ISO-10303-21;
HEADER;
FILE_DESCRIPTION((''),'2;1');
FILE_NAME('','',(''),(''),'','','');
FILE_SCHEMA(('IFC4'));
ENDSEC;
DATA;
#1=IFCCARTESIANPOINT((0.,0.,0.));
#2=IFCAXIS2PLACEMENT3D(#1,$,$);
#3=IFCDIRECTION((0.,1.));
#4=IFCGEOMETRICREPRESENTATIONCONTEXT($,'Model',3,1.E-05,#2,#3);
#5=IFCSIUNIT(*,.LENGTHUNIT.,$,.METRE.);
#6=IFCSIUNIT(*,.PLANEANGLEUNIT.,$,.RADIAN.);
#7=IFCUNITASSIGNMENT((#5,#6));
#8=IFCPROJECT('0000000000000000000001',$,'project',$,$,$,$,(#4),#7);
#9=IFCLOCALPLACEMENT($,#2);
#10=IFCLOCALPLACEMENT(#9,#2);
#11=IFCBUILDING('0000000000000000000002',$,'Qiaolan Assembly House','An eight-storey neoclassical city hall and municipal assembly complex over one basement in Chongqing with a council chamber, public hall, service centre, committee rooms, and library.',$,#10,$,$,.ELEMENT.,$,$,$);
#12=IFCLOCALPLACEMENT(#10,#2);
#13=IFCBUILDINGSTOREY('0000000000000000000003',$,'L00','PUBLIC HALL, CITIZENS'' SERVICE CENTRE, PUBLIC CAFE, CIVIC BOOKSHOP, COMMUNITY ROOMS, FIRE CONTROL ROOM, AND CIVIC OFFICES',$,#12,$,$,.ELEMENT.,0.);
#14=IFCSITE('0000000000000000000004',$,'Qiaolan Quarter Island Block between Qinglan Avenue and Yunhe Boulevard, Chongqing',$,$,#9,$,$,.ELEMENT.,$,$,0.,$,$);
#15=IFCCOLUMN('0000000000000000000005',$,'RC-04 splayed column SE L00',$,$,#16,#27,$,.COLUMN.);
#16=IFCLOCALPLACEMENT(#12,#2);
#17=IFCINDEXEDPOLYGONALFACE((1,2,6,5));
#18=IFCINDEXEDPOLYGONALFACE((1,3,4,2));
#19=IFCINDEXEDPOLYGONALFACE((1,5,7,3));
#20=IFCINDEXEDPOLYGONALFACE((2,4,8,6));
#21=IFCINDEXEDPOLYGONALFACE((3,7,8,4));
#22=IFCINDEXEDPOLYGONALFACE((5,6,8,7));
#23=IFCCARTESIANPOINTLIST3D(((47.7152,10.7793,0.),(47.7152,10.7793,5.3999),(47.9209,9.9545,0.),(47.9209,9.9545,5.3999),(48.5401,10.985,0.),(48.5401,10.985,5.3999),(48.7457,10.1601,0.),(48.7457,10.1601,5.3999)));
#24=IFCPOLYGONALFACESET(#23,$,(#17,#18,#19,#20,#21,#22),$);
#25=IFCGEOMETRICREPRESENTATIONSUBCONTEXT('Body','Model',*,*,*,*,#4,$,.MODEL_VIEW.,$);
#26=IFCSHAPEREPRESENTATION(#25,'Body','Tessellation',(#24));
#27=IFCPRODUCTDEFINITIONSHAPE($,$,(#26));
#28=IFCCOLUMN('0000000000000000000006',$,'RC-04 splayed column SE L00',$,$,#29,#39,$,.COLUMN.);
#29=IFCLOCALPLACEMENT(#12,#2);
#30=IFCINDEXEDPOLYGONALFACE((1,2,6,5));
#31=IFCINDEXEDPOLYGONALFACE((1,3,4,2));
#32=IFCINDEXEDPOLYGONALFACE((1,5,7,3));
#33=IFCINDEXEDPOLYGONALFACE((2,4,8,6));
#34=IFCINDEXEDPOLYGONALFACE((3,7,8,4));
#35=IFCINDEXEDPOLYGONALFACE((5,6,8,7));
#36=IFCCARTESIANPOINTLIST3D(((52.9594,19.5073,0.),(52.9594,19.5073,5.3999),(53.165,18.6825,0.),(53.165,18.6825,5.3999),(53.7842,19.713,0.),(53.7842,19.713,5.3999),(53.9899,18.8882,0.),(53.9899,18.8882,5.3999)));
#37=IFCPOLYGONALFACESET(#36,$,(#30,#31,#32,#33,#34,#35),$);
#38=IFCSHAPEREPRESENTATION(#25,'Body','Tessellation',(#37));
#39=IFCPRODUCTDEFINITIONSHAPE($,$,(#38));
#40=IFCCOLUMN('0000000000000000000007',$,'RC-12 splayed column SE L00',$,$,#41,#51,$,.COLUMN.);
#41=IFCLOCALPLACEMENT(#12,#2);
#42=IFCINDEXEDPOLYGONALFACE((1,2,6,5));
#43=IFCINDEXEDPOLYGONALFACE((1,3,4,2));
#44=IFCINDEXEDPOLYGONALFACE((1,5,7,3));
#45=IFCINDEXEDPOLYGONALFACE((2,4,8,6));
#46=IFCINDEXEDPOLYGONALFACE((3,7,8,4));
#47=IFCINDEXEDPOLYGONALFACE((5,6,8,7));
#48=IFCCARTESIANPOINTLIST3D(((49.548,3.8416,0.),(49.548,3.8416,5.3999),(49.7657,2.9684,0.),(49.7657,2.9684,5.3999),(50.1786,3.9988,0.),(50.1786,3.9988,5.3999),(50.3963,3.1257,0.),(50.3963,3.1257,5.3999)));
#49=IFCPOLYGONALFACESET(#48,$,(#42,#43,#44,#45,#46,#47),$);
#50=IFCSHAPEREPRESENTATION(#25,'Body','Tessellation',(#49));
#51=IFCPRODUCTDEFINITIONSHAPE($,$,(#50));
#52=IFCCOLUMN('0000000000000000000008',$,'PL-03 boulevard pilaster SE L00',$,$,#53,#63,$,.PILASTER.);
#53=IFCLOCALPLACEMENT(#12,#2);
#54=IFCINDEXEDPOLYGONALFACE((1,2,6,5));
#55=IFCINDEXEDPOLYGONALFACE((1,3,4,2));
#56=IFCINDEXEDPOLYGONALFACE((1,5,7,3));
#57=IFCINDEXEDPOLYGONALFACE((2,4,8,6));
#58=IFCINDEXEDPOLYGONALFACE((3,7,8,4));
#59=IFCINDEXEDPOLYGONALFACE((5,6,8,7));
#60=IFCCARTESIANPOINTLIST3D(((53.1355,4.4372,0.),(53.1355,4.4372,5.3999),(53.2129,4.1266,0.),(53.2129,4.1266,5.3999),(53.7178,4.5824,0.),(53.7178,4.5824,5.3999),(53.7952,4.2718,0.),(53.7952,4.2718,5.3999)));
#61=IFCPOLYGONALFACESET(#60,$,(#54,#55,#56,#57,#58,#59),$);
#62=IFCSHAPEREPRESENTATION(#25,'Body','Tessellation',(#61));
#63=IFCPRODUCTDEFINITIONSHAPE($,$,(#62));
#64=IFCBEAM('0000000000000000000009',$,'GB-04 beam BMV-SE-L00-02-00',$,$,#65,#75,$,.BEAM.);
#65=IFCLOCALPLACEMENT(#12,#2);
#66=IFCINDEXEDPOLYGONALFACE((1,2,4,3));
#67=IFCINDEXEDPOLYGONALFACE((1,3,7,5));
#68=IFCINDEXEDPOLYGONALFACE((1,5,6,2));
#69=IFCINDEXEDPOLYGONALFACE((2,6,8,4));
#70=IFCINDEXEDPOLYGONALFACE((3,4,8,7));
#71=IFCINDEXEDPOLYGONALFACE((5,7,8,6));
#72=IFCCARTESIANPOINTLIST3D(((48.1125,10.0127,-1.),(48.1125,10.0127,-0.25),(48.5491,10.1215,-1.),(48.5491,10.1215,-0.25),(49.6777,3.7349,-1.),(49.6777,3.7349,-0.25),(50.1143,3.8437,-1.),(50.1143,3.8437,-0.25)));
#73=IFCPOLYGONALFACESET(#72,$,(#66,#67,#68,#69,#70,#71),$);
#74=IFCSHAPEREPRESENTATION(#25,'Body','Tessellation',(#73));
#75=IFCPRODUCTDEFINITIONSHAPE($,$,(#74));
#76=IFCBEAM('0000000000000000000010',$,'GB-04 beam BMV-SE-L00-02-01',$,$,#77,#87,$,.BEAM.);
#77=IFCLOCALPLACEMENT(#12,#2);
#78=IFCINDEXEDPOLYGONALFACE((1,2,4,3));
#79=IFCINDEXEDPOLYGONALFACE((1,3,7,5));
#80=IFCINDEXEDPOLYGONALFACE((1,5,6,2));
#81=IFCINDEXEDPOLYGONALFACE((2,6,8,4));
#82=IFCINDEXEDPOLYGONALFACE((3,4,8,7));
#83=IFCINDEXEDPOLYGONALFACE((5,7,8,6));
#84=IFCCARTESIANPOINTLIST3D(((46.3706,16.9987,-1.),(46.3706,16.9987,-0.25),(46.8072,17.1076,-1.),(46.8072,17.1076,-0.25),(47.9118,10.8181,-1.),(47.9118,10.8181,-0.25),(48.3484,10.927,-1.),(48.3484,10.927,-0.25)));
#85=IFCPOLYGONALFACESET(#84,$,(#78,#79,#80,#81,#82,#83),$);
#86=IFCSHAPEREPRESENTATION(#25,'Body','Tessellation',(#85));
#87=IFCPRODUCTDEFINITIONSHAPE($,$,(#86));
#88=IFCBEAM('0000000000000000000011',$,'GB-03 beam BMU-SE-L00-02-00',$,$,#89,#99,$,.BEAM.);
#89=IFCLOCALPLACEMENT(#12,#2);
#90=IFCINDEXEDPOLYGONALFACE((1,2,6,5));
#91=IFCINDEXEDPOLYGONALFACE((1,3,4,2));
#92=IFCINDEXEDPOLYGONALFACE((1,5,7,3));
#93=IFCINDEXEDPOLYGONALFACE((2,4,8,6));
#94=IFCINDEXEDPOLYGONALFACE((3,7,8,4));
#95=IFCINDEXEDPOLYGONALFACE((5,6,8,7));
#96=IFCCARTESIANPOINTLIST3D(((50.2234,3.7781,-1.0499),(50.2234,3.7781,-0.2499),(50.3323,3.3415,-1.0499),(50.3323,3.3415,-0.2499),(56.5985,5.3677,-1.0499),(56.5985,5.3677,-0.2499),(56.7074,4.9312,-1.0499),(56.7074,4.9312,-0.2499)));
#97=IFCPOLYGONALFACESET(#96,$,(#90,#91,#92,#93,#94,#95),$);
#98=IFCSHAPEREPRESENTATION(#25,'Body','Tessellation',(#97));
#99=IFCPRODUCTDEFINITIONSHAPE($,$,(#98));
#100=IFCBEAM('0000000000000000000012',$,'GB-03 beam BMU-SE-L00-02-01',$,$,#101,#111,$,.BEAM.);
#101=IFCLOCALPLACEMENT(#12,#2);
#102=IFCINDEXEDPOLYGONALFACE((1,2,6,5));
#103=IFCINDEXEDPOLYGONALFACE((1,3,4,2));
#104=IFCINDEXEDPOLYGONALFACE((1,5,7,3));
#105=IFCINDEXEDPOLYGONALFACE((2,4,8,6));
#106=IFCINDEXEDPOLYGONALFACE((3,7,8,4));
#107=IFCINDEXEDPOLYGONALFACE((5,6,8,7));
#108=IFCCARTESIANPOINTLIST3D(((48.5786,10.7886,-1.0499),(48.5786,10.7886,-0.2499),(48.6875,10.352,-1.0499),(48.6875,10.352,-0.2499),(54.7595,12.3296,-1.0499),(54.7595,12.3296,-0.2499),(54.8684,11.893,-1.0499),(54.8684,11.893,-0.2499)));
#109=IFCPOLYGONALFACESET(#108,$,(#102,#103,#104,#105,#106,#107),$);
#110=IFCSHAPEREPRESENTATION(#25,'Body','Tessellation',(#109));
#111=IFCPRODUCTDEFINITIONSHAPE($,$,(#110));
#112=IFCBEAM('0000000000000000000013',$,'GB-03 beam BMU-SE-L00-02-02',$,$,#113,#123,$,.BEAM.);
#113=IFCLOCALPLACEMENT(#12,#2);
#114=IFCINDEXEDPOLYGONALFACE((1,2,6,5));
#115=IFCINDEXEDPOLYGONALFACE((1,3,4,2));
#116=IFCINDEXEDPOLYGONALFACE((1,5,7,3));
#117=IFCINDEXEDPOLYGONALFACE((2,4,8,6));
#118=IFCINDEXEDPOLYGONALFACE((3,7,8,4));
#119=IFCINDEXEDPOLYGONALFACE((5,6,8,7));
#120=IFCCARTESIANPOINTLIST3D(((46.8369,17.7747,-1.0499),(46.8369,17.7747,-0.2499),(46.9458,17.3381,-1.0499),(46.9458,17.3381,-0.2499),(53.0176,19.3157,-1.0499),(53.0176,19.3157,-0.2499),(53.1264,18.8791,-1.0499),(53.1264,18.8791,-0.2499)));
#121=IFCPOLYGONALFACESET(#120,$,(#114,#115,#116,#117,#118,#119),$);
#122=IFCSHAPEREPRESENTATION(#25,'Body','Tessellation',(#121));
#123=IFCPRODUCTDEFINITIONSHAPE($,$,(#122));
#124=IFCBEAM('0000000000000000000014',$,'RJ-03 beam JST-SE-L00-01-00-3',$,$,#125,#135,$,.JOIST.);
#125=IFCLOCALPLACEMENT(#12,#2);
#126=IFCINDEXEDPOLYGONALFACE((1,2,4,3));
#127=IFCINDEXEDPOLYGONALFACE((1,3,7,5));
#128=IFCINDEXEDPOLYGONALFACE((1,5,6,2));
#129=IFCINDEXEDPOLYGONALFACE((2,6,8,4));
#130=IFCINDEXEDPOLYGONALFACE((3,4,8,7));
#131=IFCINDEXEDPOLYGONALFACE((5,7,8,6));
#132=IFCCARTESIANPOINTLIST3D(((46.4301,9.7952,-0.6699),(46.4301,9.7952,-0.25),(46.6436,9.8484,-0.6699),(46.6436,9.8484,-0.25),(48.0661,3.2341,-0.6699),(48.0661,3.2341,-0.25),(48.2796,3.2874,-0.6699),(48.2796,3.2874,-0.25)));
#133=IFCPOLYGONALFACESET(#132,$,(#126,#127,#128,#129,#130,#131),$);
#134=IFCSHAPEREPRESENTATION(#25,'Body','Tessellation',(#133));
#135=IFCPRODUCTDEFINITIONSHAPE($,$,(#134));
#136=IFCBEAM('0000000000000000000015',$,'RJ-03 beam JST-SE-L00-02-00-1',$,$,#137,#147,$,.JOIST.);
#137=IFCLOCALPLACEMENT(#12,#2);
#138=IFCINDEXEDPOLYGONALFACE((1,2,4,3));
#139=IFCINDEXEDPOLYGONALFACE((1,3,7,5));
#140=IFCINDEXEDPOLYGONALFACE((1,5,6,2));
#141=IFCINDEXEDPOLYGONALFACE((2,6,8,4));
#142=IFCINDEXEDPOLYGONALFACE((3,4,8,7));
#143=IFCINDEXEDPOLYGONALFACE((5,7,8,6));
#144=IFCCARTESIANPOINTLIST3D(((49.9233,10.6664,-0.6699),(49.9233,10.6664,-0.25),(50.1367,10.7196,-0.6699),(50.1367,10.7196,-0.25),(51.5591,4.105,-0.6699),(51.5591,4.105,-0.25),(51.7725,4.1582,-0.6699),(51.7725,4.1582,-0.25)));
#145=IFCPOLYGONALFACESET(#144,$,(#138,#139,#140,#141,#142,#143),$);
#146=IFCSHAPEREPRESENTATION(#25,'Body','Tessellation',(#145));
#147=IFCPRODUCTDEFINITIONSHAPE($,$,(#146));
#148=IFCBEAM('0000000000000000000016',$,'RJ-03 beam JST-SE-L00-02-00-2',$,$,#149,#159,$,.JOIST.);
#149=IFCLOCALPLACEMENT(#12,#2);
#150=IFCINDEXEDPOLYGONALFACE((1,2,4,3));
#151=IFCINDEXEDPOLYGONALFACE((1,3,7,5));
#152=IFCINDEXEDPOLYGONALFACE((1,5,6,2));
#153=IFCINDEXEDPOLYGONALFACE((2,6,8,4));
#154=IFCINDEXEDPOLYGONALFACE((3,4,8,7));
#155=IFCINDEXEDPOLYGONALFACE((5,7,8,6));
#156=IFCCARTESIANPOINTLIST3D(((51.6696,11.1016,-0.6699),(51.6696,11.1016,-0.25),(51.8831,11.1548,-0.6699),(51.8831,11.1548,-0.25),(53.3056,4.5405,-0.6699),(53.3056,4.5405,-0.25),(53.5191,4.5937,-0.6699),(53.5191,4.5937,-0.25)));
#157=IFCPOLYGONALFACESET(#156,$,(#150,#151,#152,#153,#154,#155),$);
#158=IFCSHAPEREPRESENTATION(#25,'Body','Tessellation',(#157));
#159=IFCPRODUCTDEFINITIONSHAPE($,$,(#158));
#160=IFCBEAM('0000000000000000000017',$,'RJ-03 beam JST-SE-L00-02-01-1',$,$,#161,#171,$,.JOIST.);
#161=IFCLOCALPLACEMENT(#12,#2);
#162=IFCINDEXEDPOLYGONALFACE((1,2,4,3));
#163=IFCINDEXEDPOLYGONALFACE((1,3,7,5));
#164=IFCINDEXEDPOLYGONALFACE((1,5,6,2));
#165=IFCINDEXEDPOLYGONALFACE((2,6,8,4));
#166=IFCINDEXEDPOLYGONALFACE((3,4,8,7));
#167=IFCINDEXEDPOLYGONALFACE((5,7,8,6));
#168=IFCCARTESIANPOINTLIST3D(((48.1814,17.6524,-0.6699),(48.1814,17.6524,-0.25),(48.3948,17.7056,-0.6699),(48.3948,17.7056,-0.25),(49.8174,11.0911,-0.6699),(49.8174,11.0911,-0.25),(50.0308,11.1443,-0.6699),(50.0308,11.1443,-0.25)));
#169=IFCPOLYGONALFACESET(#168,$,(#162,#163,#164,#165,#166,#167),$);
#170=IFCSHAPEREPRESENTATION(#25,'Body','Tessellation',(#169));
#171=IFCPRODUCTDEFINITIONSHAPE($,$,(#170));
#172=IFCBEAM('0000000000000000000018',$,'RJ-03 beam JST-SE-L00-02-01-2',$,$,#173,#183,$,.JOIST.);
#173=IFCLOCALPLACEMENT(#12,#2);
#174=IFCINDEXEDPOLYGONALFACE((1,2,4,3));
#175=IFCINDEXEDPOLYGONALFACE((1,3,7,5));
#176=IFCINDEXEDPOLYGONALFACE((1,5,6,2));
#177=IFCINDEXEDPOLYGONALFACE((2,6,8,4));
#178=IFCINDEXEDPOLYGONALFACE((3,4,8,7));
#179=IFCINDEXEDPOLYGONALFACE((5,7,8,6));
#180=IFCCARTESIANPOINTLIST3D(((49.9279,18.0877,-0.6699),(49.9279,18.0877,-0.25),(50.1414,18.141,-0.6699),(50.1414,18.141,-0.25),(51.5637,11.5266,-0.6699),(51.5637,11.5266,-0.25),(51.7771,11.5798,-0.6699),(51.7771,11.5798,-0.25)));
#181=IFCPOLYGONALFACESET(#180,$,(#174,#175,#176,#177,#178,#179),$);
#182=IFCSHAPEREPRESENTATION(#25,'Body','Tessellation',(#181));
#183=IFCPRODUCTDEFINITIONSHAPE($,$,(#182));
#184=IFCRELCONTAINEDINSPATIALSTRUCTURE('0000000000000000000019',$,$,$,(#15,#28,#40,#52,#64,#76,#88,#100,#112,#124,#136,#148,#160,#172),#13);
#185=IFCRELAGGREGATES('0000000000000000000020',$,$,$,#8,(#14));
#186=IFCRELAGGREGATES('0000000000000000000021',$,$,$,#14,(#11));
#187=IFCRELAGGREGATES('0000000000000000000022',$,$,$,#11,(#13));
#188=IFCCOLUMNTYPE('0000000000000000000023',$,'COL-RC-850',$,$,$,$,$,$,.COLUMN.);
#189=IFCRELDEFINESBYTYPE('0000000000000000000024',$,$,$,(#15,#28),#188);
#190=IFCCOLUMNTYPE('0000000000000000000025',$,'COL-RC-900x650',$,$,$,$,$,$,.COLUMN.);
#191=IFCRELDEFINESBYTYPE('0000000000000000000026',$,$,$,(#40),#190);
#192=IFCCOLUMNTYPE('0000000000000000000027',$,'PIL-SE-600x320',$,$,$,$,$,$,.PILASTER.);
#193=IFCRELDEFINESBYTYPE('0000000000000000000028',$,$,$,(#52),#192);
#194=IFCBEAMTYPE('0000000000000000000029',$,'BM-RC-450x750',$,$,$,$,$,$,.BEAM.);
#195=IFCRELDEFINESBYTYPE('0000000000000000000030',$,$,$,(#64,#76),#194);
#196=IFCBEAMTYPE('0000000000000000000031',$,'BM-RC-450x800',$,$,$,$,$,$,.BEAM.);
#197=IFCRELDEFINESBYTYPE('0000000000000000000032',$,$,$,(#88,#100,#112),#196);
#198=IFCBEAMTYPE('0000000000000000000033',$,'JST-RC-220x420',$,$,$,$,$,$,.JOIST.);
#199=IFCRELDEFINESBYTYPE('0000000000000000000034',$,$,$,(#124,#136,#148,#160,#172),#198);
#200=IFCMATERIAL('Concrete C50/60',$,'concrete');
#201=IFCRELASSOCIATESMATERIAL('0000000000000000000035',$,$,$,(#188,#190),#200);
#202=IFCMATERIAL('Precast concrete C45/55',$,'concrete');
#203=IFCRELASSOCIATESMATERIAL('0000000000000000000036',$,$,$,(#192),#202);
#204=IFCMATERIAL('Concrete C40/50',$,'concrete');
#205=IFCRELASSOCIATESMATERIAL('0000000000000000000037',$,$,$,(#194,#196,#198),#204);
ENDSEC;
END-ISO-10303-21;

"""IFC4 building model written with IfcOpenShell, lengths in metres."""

from ifc_helpers import new_model, si_unit, direction, frame, origin, origin_2d, place, context, subcontext, project, spatial, rectangle, extrude, material, material_profile, profile_set, type_object, element, save


model = new_model("IFC4")

# Units and contexts
model_context = context("Model", 3, precision=1e-05, world=origin(), true_north=direction((0.0, 1.0)))
body_context = subcontext(model_context, "Body", "Model", "MODEL_VIEW")
ifc_project = project(units=[si_unit("LENGTHUNIT", "METRE"), si_unit("PLANEANGLEUNIT", "RADIAN")], contexts=[model_context])

# Site, building, storey
site_placement = place(None, origin())
site = spatial("IfcSite", under=ifc_project, at=site_placement, Name="Qiaolan Quarter Island Block between Qinglan Avenue and Yunhe Boulevard, Chongqing", CompositionType="ELEMENT", RefElevation=0.0)
building_placement = place(site_placement, origin())
building = spatial("IfcBuilding", under=site, at=building_placement, Name="Qiaolan Assembly House", Description="An eight-storey neoclassical city hall and municipal assembly complex over one basement in Chongqing with a council chamber, public hall, service centre, committee rooms, and library.", CompositionType="ELEMENT")
storey_placement = place(building_placement, origin())
storey = spatial("IfcBuildingStorey", under=building, at=storey_placement, Name="L00", Description="PUBLIC HALL, CITIZENS' SERVICE CENTRE, PUBLIC CAFE, CIVIC BOOKSHOP, COMMUNITY ROOMS, FIRE CONTROL ROOM, AND CIVIC OFFICES", CompositionType="ELEMENT", Elevation=0.0)

# Columns
ifc_material_1 = material(Name="Concrete C50/60", Category="concrete")
ifc_material_profile_1 = material_profile(ifc_material_1, rectangle(XDim=0.8501, YDim=0.8501, at=origin_2d()), Name="RC 850x850")
ifc_profile_set_1 = profile_set([ifc_material_profile_1], Name="Concrete C50/60")
column_type_1 = type_object("IfcColumnType", Name="COL-RC-850", PredefinedType="COLUMN", material=ifc_profile_set_1)
for number, where, z_axis, x_axis, name in (
    (1, (48.2305, 10.4697, 0.0), (0.0, 0.0, 1.0), (0.970296, 0.241922, 0.0), "RC-04 splayed column SE L00"),
    (2, (53.4746, 19.1978, 0.0), (0.0, 0.0, 1.0), (0.970296, 0.241922, 0.0), "RC-04 splayed column SE L00"),
):
    element("IfcColumn", number, at=place(storey_placement, frame(where, z_axis=z_axis, x_axis=x_axis)), inside=storey, type_object=column_type_1, Name=name, PredefinedType="COLUMN", context=body_context, shape_type="SweptSolid", body=[
        extrude(rectangle(XDim=0.8501, YDim=0.8501, at=origin_2d()), origin(), (0.0, 0.0, 1.0), 5.3999),
    ])
ifc_material_profile_2 = material_profile(ifc_material_1, rectangle(XDim=0.6499, YDim=0.8999, at=origin_2d()), Name="RC 900x650")
ifc_profile_set_2 = profile_set([ifc_material_profile_2], Name="Concrete C50/60")
column_type_2 = type_object("IfcColumnType", Name="COL-RC-900x650", PredefinedType="COLUMN", material=ifc_profile_set_2)
column_1_placement = place(storey_placement, frame((49.9722, 3.4836, 0.0), z_axis=(0.0, 0.0, 1.0), x_axis=(0.970296, 0.241922, 0.0)))
element("IfcColumn", 3, at=column_1_placement, inside=storey, type_object=column_type_2, Name="RC-12 splayed column SE L00", PredefinedType="COLUMN", context=body_context, shape_type="SweptSolid", body=[
    extrude(rectangle(XDim=0.6499, YDim=0.8999, at=origin_2d()), origin(), (0.0, 0.0, 1.0), 5.3999),
])
ifc_material_2 = material(Name="Precast concrete C45/55", Category="concrete")
ifc_material_profile_3 = material_profile(ifc_material_2, rectangle(XDim=0.6001, YDim=0.3201, at=origin_2d()), Name="PIL 600x320")
ifc_profile_set_3 = profile_set([ifc_material_profile_3], Name="Precast concrete C45/55")
column_type_3 = type_object("IfcColumnType", Name="PIL-SE-600x320", PredefinedType="PILASTER", material=ifc_profile_set_3)
column_2_placement = place(storey_placement, frame((53.4653, 4.3545, 0.0), z_axis=(0.0, 0.0, 1.0), x_axis=(0.970296, 0.241922, 0.0)))
element("IfcColumn", 4, at=column_2_placement, inside=storey, type_object=column_type_3, Name="PL-03 boulevard pilaster SE L00", PredefinedType="PILASTER", context=body_context, shape_type="SweptSolid", body=[
    extrude(rectangle(XDim=0.6001, YDim=0.3201, at=origin_2d()), origin(), (0.0, 0.0, 1.0), 5.3999),
])

# Beams
ifc_material_3 = material(Name="Concrete C40/50", Category="concrete")
ifc_material_profile_4 = material_profile(ifc_material_3, rectangle(XDim=0.45, YDim=0.75, at=origin_2d()), Name="RCB 450x750")
ifc_profile_set_4 = profile_set([ifc_material_profile_4], Name="Concrete C40/50")
beam_type_1 = type_object("IfcBeamType", Name="BM-RC-450x750", PredefinedType="BEAM", material=ifc_profile_set_4)
beam_1_placement = place(storey_placement, frame((49.896, 3.7893, -0.625), z_axis=(-0.241914, 0.970298, 0.0), x_axis=(-0.970298, -0.241914, 0.0)))
element("IfcBeam", 5, at=beam_1_placement, inside=storey, type_object=beam_type_1, Name="GB-04 beam BMV-SE-L00-02-00", PredefinedType="BEAM", context=body_context, shape_type="SweptSolid", body=[
    extrude(rectangle(XDim=0.45, YDim=0.75, at=origin_2d()), origin(), (0.0, 0.0, 1.0), 6.47),
])
beam_2_placement = place(storey_placement, frame((48.1301, 10.8726, -0.625), z_axis=(-0.241958, 0.970287, 0.0), x_axis=(-0.970287, -0.241958, 0.0)))
element("IfcBeam", 6, at=beam_2_placement, inside=storey, type_object=beam_type_1, Name="GB-04 beam BMV-SE-L00-02-01", PredefinedType="BEAM", context=body_context, shape_type="SweptSolid", body=[
    extrude(rectangle(XDim=0.45, YDim=0.75, at=origin_2d()), origin(), (0.0, 0.0, 1.0), 6.3699),
])
ifc_material_profile_5 = material_profile(ifc_material_3, rectangle(XDim=0.45, YDim=0.8, at=origin_2d()), Name="RCB 450x800")
ifc_profile_set_5 = profile_set([ifc_material_profile_5], Name="Concrete C40/50")
beam_type_2 = type_object("IfcBeamType", Name="BM-RC-450x800", PredefinedType="BEAM", material=ifc_profile_set_5)
beam_3_placement = place(storey_placement, frame((50.2778, 3.5598, -0.6499), z_axis=(0.970291, 0.241941, 0.0), x_axis=(-0.241941, 0.970291, 0.0)))
element("IfcBeam", 7, at=beam_3_placement, inside=storey, type_object=beam_type_2, Name="GB-03 beam BMU-SE-L00-02-00", PredefinedType="BEAM", context=body_context, shape_type="SweptSolid", body=[
    extrude(rectangle(XDim=0.45, YDim=0.8, at=origin_2d()), origin(), (0.0, 0.0, 1.0), 6.5703),
])
beam_4_placement = place(storey_placement, frame((48.6331, 10.5703, -0.6499), z_axis=(0.970298, 0.241913, 0.0), x_axis=(-0.241913, 0.970298, 0.0)))
element("IfcBeam", 8, at=beam_4_placement, inside=storey, type_object=beam_type_2, Name="GB-03 beam BMU-SE-L00-02-01", PredefinedType="BEAM", context=body_context, shape_type="SweptSolid", body=[
    extrude(rectangle(XDim=0.45, YDim=0.8, at=origin_2d()), origin(), (0.0, 0.0, 1.0), 6.3701),
])
beam_5_placement = place(storey_placement, frame((46.8914, 17.5564, -0.6499), z_axis=(0.970296, 0.241922, 0.0), x_axis=(-0.241922, 0.970296, 0.0)))
element("IfcBeam", 9, at=beam_5_placement, inside=storey, type_object=beam_type_2, Name="GB-03 beam BMU-SE-L00-02-02", PredefinedType="BEAM", context=body_context, shape_type="SweptSolid", body=[
    extrude(rectangle(XDim=0.45, YDim=0.8, at=origin_2d()), origin(), (0.0, 0.0, 1.0), 6.3699),
])
ifc_material_profile_6 = material_profile(ifc_material_3, rectangle(XDim=0.22, YDim=0.4199, at=origin_2d()), Name="RCB 220x420")
ifc_profile_set_6 = profile_set([ifc_material_profile_6], Name="Concrete C40/50")
beam_type_3 = type_object("IfcBeamType", Name="JST-RC-220x420", PredefinedType="JOIST", material=ifc_profile_set_6)
beam_6_placement = place(storey_placement, frame((48.1729, 3.2607, -0.46), z_axis=(-0.241941, 0.970291, 0.0), x_axis=(-0.970291, -0.241941, 0.0)))
element("IfcBeam", 10, at=beam_6_placement, inside=storey, type_object=beam_type_3, Name="RJ-03 beam JST-SE-L00-01-00-3", PredefinedType="JOIST", context=body_context, shape_type="SweptSolid", body=[
    extrude(rectangle(XDim=0.22, YDim=0.4199, at=origin_2d()), origin(), (0.0, 0.0, 1.0), 6.762),
])
beam_7_placement = place(storey_placement, frame((51.6658, 4.1316, -0.46), z_axis=(-0.241898, 0.970302, 0.0), x_axis=(-0.970302, -0.241898, 0.0)))
element("IfcBeam", 11, at=beam_7_placement, inside=storey, type_object=beam_type_3, Name="RJ-03 beam JST-SE-L00-02-00-1", PredefinedType="JOIST", context=body_context, shape_type="SweptSolid", body=[
    extrude(rectangle(XDim=0.22, YDim=0.4199, at=origin_2d()), origin(), (0.0, 0.0, 1.0), 6.7622),
])
beam_8_placement = place(storey_placement, frame((53.4124, 4.5671, -0.46), z_axis=(-0.241941, 0.970291, 0.0), x_axis=(-0.970291, -0.241941, 0.0)))
element("IfcBeam", 12, at=beam_8_placement, inside=storey, type_object=beam_type_3, Name="RJ-03 beam JST-SE-L00-02-00-2", PredefinedType="JOIST", context=body_context, shape_type="SweptSolid", body=[
    extrude(rectangle(XDim=0.22, YDim=0.4199, at=origin_2d()), origin(), (0.0, 0.0, 1.0), 6.762),
])
beam_9_placement = place(storey_placement, frame((49.9241, 11.1177, -0.46), z_axis=(-0.241932, 0.970293, 0.0), x_axis=(-0.970293, -0.241932, 0.0)))
element("IfcBeam", 13, at=beam_9_placement, inside=storey, type_object=beam_type_3, Name="RJ-03 beam JST-SE-L00-02-01-1", PredefinedType="JOIST", context=body_context, shape_type="SweptSolid", body=[
    extrude(rectangle(XDim=0.22, YDim=0.4199, at=origin_2d()), origin(), (0.0, 0.0, 1.0), 6.7622),
])
for number, where, z_axis, x_axis, name in (
    (14, (51.6704, 11.5532, -0.46), (-0.241907, 0.970299, 0.0), (-0.970299, -0.241907, 0.0), "RJ-03 beam JST-SE-L00-02-01-2"),
):
    element("IfcBeam", number, at=place(storey_placement, frame(where, z_axis=z_axis, x_axis=x_axis)), inside=storey, type_object=beam_type_3, Name=name, PredefinedType="JOIST", context=body_context, shape_type="SweptSolid", body=[
        extrude(rectangle(XDim=0.22, YDim=0.4199, at=origin_2d()), origin(), (0.0, 0.0, 1.0), 6.762),
    ])

save(model, "model.ifc")
